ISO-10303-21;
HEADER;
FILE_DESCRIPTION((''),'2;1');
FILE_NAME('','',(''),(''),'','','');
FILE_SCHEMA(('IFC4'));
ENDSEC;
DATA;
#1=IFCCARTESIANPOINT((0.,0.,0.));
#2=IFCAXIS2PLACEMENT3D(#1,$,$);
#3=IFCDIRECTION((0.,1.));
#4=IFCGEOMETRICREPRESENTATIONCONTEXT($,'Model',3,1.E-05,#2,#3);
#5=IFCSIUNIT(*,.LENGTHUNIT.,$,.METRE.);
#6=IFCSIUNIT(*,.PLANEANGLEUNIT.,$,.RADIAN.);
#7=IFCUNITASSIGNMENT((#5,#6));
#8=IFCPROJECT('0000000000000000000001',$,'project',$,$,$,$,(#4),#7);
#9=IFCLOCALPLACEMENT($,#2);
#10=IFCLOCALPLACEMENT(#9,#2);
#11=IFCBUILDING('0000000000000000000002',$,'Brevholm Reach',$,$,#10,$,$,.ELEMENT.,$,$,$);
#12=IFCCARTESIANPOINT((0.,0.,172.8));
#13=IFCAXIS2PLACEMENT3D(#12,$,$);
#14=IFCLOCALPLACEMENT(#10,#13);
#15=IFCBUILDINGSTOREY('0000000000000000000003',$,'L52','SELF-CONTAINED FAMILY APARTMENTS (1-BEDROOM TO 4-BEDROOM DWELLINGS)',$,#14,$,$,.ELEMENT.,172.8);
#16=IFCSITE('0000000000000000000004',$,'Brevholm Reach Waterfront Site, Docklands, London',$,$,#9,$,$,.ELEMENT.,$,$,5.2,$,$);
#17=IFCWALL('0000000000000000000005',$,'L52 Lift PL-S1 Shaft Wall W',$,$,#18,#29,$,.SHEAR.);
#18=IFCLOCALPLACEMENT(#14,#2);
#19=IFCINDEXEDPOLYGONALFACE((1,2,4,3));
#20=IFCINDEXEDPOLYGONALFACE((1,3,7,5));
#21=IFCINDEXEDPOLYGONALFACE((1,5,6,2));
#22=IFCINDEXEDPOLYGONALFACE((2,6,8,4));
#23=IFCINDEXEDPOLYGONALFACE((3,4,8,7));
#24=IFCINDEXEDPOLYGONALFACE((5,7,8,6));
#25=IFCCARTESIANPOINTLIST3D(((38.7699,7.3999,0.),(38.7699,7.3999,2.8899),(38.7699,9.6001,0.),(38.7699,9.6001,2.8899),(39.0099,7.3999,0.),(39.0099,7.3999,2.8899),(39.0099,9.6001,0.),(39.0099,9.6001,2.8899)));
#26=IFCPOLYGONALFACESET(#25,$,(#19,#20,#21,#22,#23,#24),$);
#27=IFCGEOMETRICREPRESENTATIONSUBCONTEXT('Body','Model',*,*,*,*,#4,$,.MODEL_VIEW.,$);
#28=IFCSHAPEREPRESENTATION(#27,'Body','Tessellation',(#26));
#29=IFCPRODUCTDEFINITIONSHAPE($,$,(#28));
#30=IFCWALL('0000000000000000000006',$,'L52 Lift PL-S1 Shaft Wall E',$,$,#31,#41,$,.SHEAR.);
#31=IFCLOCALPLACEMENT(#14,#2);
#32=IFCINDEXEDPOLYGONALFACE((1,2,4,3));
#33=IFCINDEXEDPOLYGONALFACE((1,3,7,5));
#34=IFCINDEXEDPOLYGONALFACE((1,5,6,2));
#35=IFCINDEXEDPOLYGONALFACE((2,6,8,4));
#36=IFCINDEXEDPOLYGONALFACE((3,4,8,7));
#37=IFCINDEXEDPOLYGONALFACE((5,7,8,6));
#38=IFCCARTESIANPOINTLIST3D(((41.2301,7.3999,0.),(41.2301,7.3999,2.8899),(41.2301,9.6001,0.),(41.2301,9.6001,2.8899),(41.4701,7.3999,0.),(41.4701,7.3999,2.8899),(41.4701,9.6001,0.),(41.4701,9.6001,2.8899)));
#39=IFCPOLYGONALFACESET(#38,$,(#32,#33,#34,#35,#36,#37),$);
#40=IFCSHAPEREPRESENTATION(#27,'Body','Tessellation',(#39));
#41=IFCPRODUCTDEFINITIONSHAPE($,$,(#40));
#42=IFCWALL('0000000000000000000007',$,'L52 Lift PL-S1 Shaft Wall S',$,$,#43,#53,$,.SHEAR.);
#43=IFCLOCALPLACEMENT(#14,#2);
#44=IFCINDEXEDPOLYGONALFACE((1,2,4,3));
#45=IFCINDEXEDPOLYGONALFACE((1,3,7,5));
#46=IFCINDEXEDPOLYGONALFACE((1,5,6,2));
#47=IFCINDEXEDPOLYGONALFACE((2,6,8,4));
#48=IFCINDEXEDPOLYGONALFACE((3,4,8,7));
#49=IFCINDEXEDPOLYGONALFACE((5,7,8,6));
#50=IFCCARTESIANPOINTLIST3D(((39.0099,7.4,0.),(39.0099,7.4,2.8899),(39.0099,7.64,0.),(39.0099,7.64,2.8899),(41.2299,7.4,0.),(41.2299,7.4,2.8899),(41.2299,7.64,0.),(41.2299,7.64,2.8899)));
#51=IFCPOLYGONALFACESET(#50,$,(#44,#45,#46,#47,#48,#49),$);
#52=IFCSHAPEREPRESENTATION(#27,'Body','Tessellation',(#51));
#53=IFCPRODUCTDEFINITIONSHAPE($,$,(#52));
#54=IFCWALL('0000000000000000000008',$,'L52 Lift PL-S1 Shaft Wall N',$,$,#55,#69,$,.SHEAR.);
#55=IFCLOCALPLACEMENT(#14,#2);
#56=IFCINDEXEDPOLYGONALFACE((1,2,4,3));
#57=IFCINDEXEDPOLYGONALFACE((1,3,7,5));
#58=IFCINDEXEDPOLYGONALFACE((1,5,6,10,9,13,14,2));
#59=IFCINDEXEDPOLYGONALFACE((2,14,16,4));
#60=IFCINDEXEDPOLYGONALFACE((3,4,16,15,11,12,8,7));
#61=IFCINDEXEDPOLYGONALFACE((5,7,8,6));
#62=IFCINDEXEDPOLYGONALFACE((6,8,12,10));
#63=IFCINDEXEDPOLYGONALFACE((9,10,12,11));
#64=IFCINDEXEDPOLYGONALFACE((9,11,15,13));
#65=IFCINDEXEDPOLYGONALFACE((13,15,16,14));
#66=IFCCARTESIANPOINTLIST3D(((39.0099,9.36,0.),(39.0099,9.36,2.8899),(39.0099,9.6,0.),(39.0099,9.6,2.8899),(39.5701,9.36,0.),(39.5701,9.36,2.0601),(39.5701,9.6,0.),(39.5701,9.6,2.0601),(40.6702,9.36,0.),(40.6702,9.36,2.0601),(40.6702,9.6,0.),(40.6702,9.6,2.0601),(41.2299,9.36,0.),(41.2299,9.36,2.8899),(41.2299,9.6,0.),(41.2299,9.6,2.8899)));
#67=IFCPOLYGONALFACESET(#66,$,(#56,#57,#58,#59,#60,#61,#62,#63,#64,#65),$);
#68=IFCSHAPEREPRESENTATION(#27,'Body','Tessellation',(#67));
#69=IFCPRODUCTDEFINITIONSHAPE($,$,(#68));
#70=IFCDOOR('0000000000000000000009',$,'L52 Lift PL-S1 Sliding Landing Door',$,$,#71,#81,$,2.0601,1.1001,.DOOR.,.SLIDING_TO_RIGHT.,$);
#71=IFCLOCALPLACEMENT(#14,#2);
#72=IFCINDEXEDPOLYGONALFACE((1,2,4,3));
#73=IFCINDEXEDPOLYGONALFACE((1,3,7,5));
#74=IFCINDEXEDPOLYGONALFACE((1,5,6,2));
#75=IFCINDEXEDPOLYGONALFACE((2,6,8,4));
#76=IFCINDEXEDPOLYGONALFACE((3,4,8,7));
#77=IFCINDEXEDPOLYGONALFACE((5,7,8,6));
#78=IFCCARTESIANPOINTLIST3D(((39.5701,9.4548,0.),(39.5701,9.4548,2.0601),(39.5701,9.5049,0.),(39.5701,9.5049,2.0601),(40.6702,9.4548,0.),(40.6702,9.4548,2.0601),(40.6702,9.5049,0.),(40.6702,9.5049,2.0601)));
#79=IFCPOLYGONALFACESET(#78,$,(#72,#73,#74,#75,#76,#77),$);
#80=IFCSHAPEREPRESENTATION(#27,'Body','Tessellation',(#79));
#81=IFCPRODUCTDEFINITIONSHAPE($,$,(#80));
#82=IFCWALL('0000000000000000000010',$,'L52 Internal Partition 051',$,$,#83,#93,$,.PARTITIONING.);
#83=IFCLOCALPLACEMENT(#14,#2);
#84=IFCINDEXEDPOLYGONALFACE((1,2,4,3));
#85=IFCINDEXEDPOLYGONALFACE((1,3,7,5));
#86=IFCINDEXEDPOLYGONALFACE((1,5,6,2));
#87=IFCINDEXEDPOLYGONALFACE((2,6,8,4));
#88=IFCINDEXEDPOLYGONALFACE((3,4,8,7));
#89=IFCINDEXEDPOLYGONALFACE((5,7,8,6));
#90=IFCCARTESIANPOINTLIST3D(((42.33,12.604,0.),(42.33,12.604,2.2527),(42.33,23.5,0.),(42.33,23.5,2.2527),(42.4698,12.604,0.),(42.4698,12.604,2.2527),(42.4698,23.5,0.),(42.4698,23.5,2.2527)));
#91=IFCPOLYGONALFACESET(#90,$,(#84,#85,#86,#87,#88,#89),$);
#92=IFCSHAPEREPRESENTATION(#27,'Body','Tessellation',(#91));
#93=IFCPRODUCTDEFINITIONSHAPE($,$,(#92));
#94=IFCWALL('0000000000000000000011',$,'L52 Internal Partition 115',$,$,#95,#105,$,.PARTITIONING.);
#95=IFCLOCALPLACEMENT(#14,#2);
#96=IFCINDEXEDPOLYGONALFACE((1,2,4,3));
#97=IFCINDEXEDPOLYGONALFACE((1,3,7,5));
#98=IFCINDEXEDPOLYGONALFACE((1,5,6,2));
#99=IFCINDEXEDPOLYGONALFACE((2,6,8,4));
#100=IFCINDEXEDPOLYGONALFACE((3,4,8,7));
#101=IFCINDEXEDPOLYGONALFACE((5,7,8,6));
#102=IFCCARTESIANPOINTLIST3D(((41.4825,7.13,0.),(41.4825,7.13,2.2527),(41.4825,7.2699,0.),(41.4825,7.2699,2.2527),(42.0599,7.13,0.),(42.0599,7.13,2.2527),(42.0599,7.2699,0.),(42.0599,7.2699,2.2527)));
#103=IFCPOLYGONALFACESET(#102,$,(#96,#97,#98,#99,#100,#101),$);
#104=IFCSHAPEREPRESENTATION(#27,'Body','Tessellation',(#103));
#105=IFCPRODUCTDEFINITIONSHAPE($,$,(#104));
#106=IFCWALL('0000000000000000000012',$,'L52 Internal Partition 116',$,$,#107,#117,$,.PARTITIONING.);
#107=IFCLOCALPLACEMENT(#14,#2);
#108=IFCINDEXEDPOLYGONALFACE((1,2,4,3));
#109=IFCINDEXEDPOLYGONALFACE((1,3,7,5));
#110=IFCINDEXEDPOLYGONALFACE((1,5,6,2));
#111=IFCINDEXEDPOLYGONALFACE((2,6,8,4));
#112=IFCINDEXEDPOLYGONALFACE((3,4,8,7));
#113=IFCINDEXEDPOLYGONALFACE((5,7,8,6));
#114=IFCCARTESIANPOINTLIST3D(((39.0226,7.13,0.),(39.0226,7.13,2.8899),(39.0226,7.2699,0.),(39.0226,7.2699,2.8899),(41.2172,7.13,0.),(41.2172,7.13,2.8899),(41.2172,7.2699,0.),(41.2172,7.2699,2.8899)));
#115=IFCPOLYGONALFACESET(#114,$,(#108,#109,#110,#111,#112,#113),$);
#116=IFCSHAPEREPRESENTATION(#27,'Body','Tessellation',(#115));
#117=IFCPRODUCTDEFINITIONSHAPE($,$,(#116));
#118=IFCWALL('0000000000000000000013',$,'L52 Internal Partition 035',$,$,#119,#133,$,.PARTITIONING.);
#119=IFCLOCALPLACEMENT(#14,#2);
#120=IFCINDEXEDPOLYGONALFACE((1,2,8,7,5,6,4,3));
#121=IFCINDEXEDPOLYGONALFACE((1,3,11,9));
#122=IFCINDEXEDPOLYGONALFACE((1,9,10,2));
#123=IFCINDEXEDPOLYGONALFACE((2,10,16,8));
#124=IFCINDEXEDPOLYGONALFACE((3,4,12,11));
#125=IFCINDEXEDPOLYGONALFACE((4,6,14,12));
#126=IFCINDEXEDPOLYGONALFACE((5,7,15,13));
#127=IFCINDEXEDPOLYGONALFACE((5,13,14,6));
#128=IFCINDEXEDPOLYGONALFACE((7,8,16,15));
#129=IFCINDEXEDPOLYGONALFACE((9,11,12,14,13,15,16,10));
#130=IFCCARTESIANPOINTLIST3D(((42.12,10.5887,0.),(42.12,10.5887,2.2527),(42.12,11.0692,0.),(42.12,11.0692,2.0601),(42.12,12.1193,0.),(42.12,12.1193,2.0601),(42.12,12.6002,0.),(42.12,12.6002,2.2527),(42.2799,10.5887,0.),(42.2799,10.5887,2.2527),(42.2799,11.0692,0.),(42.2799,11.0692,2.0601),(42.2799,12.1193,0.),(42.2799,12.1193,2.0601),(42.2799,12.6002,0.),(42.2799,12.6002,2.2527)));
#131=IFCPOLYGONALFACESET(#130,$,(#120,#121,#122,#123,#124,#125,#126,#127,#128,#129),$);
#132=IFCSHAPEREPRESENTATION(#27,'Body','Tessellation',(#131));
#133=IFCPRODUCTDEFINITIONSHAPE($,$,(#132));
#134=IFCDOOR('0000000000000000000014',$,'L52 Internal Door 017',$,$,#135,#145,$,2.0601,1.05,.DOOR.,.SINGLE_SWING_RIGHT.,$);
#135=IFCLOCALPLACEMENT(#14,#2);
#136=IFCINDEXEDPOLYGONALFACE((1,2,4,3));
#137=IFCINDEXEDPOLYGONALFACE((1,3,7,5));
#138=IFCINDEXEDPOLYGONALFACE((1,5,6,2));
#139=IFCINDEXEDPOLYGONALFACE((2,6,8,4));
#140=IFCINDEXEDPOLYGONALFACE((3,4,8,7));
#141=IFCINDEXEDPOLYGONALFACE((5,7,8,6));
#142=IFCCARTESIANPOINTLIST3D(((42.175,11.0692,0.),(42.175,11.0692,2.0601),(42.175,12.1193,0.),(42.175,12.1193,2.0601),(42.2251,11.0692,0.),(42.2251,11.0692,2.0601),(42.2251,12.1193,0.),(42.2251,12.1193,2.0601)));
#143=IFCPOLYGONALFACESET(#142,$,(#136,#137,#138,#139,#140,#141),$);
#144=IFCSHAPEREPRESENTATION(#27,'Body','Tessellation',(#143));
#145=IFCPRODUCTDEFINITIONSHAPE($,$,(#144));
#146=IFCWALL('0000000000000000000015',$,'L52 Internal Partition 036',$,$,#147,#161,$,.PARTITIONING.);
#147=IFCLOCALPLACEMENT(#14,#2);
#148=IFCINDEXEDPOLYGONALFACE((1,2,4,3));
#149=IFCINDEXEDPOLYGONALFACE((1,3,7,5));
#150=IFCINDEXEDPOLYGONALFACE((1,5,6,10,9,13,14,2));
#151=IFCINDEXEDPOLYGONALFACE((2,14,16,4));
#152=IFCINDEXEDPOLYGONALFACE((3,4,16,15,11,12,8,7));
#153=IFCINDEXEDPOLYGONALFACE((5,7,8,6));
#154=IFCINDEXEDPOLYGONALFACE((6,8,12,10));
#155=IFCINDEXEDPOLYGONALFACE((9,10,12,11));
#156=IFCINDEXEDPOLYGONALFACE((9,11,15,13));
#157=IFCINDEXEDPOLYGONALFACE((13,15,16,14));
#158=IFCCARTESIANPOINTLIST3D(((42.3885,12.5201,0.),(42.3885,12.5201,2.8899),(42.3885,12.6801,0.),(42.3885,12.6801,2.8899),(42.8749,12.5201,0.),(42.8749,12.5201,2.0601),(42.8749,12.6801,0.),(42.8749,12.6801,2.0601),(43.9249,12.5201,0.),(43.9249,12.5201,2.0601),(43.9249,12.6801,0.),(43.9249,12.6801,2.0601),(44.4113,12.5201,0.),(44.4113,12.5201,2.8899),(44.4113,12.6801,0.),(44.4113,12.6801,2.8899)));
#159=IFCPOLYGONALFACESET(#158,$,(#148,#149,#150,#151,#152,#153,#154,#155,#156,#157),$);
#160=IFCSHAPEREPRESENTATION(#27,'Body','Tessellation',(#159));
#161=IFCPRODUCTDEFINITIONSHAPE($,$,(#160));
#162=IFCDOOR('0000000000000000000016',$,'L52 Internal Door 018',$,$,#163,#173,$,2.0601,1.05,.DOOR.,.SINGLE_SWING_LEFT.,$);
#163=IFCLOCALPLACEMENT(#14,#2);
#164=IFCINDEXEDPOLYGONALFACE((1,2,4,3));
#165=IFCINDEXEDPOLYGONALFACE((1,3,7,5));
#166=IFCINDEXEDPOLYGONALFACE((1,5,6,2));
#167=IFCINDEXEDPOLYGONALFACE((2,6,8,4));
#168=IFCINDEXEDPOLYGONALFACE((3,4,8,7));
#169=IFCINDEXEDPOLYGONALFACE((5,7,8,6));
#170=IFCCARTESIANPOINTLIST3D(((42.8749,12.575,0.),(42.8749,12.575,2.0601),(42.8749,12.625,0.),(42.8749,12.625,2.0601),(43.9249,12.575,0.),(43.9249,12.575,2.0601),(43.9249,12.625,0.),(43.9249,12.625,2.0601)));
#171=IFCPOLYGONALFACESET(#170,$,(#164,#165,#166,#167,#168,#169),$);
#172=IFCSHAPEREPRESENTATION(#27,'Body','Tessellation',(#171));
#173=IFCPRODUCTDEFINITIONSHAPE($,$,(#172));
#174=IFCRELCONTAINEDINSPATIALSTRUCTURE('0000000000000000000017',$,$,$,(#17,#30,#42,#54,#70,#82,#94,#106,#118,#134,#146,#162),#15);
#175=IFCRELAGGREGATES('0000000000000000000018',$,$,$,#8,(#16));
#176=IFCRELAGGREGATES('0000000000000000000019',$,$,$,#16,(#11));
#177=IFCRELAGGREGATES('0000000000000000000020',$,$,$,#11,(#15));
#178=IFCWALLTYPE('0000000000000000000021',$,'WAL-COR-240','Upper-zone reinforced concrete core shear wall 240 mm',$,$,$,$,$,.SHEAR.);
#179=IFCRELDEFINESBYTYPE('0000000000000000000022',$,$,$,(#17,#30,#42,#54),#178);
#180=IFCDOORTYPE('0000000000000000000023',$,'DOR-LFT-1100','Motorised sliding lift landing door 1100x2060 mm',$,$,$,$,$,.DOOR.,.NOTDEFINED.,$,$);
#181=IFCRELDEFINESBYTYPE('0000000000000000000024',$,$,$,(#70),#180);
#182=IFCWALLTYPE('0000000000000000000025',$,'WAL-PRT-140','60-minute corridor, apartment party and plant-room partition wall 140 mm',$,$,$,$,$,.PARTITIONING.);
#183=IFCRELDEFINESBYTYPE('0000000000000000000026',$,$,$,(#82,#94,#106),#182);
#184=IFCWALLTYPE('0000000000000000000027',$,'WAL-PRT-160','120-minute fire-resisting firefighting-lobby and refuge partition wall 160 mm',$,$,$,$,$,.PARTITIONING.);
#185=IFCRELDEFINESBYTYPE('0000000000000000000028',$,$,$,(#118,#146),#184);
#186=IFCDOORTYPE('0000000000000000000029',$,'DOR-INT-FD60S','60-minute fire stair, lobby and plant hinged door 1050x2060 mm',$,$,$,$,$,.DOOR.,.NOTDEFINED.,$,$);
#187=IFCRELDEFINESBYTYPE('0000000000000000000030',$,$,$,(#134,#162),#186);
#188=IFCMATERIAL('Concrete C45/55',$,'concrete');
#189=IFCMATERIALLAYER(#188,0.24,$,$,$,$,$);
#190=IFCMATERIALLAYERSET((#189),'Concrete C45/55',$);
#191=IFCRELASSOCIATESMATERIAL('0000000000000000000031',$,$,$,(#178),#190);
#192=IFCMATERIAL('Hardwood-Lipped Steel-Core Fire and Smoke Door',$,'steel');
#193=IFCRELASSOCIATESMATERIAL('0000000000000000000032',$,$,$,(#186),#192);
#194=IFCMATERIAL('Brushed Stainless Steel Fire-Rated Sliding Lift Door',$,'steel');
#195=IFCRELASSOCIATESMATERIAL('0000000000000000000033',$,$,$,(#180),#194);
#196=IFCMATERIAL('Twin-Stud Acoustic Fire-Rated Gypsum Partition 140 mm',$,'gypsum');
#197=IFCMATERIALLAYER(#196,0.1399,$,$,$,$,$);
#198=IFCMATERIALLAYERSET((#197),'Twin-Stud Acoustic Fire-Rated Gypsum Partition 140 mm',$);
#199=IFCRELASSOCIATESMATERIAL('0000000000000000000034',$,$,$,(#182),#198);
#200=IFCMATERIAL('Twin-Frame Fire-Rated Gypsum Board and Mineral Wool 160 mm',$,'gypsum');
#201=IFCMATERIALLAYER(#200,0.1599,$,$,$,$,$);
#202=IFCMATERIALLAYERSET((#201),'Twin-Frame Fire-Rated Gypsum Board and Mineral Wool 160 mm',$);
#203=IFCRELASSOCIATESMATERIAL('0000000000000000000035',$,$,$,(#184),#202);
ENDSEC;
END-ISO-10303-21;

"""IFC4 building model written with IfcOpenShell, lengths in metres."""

from ifc_helpers import new_model, si_unit, direction, frame, frame_2d, origin, place, context, subcontext, project, spatial, rectangle, extrude, material, layer, layer_set, type_object, element, fill, save


model = new_model("IFC4")

# Units and contexts
model_context = context("Model", 3, precision=1e-05, world=origin(), true_north=direction((0.0, 1.0)))
body_context = subcontext(model_context, "Body", "Model", "MODEL_VIEW")
ifc_project = project(units=[si_unit("LENGTHUNIT", "METRE"), si_unit("PLANEANGLEUNIT", "RADIAN")], contexts=[model_context])

# Site, building, storey
site_placement = place(None, origin())
site = spatial("IfcSite", under=ifc_project, at=site_placement, Name="Brevholm Reach Waterfront Site, Docklands, London", CompositionType="ELEMENT", RefElevation=5.2)
building_placement = place(site_placement, origin())
building = spatial("IfcBuilding", under=site, at=building_placement, Name="Brevholm Reach", CompositionType="ELEMENT")
storey_placement = place(building_placement, frame((0.0, 0.0, 172.8)))
storey = spatial("IfcBuildingStorey", under=building, at=storey_placement, Name="L52", Description="SELF-CONTAINED FAMILY APARTMENTS (1-BEDROOM TO 4-BEDROOM DWELLINGS)", CompositionType="ELEMENT", Elevation=172.8)

# Shared definitions
ifc_material_1 = material(Name="Concrete C45/55", Category="concrete")
ifc_layer_1 = layer(ifc_material_1, 0.24)
ifc_layer_set_1 = layer_set([ifc_layer_1], Name="Concrete C45/55")
wall_type_1 = type_object("IfcWallType", Name="WAL-COR-240", Description="Upper-zone reinforced concrete core shear wall 240 mm", PredefinedType="SHEAR", material=ifc_layer_set_1)

# Shared definitions
ifc_material_2 = material(Name="Hardwood-Lipped Steel-Core Fire and Smoke Door", Category="steel")
door_type_1 = type_object("IfcDoorType", Name="DOR-INT-FD60S", Description="60-minute fire stair, lobby and plant hinged door 1050x2060 mm", OperationType="NOTDEFINED", PredefinedType="DOOR", material=ifc_material_2)

# Walls
for number, where, z_axis, x_axis, name in (
    (1, (38.8899, 7.3999, 0.0), (0.0, 0.0, 1.0), (0.0, 1.0, 0.0), "L52 Lift PL-S1 Shaft Wall W"),
    (2, (41.3501, 7.3999, 0.0), (0.0, 0.0, 1.0), (0.0, 1.0, 0.0), "L52 Lift PL-S1 Shaft Wall E"),
):
    element("IfcWall", number, at=place(storey_placement, frame(where, z_axis=z_axis, x_axis=x_axis)), inside=storey, type_object=wall_type_1, Name=name, PredefinedType="SHEAR", context=body_context, shape_type="SweptSolid", body=[
        extrude(rectangle(XDim=2.2002, YDim=0.24, at=frame_2d((1.1001, 0.0))), origin(), (0.0, 0.0, 1.0), 2.8899),
    ])
wall_1_placement = place(storey_placement, frame((39.01, 7.52, 0.0), z_axis=(0.0, 0.0, 1.0), x_axis=(1.0, 0.0, 0.0)))
element("IfcWall", 3, at=wall_1_placement, inside=storey, type_object=wall_type_1, Name="L52 Lift PL-S1 Shaft Wall S", PredefinedType="SHEAR", context=body_context, shape_type="SweptSolid", body=[
    extrude(rectangle(XDim=2.22, YDim=0.24, at=frame_2d((1.1099, 0.0))), origin(), (0.0, 0.0, 1.0), 2.8899),
])

# Wall, opening, door
wall_2_placement = place(storey_placement, frame((39.01, 9.48, 0.0), z_axis=(0.0, 0.0, 1.0), x_axis=(1.0, 0.0, 0.0)))
wall_2 = element("IfcWall", 4, at=wall_2_placement, inside=storey, type_object=wall_type_1, Name="L52 Lift PL-S1 Shaft Wall N", PredefinedType="SHEAR", context=body_context, shape_type="SweptSolid", body=[
    extrude(rectangle(XDim=2.22, YDim=0.24, at=frame_2d((1.1099, 0.0))), origin(), (0.0, 0.0, 1.0), 2.8899),
])
opening_1_placement = place(wall_2_placement, frame((0.5601, 0.0, 0.0)))
opening_1 = element("IfcOpeningElement", 5, at=opening_1_placement, cuts=wall_2, PredefinedType="OPENING", context=body_context, shape_type="SweptSolid", body=[
    extrude(rectangle(XDim=1.1001, YDim=2.0601, at=frame_2d((0.55, 1.03))), frame((0.0, 0.1299, 0.0), z_axis=(0.0, -1.0, 0.0), x_axis=(1.0, 0.0, 0.0)), (0.0, 0.0, 1.0), 0.26),
])
ifc_material_3 = material(Name="Brushed Stainless Steel Fire-Rated Sliding Lift Door", Category="steel")
door_type_2 = type_object("IfcDoorType", Name="DOR-LFT-1100", Description="Motorised sliding lift landing door 1100x2060 mm", OperationType="NOTDEFINED", PredefinedType="DOOR", material=ifc_material_3)
door_1_placement = place(opening_1_placement, origin())
door_1 = element("IfcDoor", 6, at=door_1_placement, inside=storey, type_object=door_type_2, Name="L52 Lift PL-S1 Sliding Landing Door", OperationType="SLIDING_TO_RIGHT", OverallHeight=2.0601, OverallWidth=1.1001, PredefinedType="DOOR", context=body_context, shape_type="SweptSolid", body=[
    extrude(rectangle(XDim=1.1001, YDim=2.0601, at=frame_2d((0.55, 1.03))), frame((0.0, 0.0249, 0.0), z_axis=(0.0, -1.0, 0.0), x_axis=(1.0, 0.0, 0.0)), (0.0, 0.0, 1.0), 0.05),
])
fill(opening_1, door_1)

# Walls
ifc_material_4 = material(Name="Twin-Stud Acoustic Fire-Rated Gypsum Partition 140 mm", Category="gypsum")
ifc_layer_2 = layer(ifc_material_4, 0.1399)
ifc_layer_set_2 = layer_set([ifc_layer_2], Name="Twin-Stud Acoustic Fire-Rated Gypsum Partition 140 mm")
wall_type_2 = type_object("IfcWallType", Name="WAL-PRT-140", Description="60-minute corridor, apartment party and plant-room partition wall 140 mm", PredefinedType="PARTITIONING", material=ifc_layer_set_2)
wall_3_placement = place(storey_placement, frame((42.3999, 12.604, 0.0), z_axis=(0.0, 0.0, 1.0), x_axis=(0.0, 1.0, 0.0)))
element("IfcWall", 7, at=wall_3_placement, inside=storey, type_object=wall_type_2, Name="L52 Internal Partition 051", PredefinedType="PARTITIONING", context=body_context, shape_type="SweptSolid", body=[
    extrude(rectangle(XDim=10.896, YDim=0.1399, at=frame_2d((5.448, 0.0))), origin(), (0.0, 0.0, 1.0), 2.2527),
])
wall_4_placement = place(storey_placement, frame((41.4827, 7.2, 0.0), z_axis=(0.0, 0.0, 1.0), x_axis=(1.0, 0.0, 0.0)))
element("IfcWall", 8, at=wall_4_placement, inside=storey, type_object=wall_type_2, Name="L52 Internal Partition 115", PredefinedType="PARTITIONING", context=body_context, shape_type="SweptSolid", body=[
    extrude(rectangle(XDim=0.5774, YDim=0.1399, at=frame_2d((0.2886, 0.0))), origin(), (0.0, 0.0, 1.0), 2.2527),
])
wall_5_placement = place(storey_placement, frame((39.0227, 7.2, 0.0), z_axis=(0.0, 0.0, 1.0), x_axis=(1.0, 0.0, 0.0)))
element("IfcWall", 9, at=wall_5_placement, inside=storey, type_object=wall_type_2, Name="L52 Internal Partition 116", PredefinedType="PARTITIONING", context=body_context, shape_type="SweptSolid", body=[
    extrude(rectangle(XDim=2.1946, YDim=0.1399, at=frame_2d((1.0972, 0.0))), origin(), (0.0, 0.0, 1.0), 2.8899),
])

# Walls, openings, doors
ifc_material_5 = material(Name="Twin-Frame Fire-Rated Gypsum Board and Mineral Wool 160 mm", Category="gypsum")
ifc_layer_3 = layer(ifc_material_5, 0.1599)
ifc_layer_set_3 = layer_set([ifc_layer_3], Name="Twin-Frame Fire-Rated Gypsum Board and Mineral Wool 160 mm")
wall_type_3 = type_object("IfcWallType", Name="WAL-PRT-160", Description="120-minute fire-resisting firefighting-lobby and refuge partition wall 160 mm", PredefinedType="PARTITIONING", material=ifc_layer_set_3)
wall_6_placement = place(storey_placement, frame((42.2, 10.5886, 0.0), z_axis=(0.0, 0.0, 1.0), x_axis=(0.0, 1.0, 0.0)))
wall_6 = element("IfcWall", 10, at=wall_6_placement, inside=storey, type_object=wall_type_3, Name="L52 Internal Partition 035", PredefinedType="PARTITIONING", context=body_context, shape_type="SweptSolid", body=[
    extrude(rectangle(XDim=2.0115, YDim=0.1599, at=frame_2d((1.0059, 0.0))), origin(), (0.0, 0.0, 1.0), 2.2527),
])
opening_2_placement = place(wall_6_placement, frame((0.4807, 0.0, 0.0)))
opening_2 = element("IfcOpeningElement", 11, at=opening_2_placement, cuts=wall_6, PredefinedType="OPENING", context=body_context, shape_type="SweptSolid", body=[
    extrude(rectangle(XDim=1.05, YDim=2.0601, at=frame_2d((0.5249, 1.03))), frame((0.0, 0.0898, 0.0), z_axis=(0.0, -1.0, 0.0), x_axis=(1.0, 0.0, 0.0)), (0.0, 0.0, 1.0), 0.1799),
])
door_2_placement = place(opening_2_placement, origin())
door_2 = element("IfcDoor", 12, at=door_2_placement, inside=storey, type_object=door_type_1, Name="L52 Internal Door 017", OperationType="SINGLE_SWING_RIGHT", OverallHeight=2.0601, OverallWidth=1.05, PredefinedType="DOOR", context=body_context, shape_type="SweptSolid", body=[
    extrude(rectangle(XDim=1.05, YDim=2.0601, at=frame_2d((0.5249, 1.03))), frame((0.0, 0.0249, 0.0), z_axis=(0.0, -1.0, 0.0), x_axis=(1.0, 0.0, 0.0)), (0.0, 0.0, 1.0), 0.05),
])
fill(opening_2, door_2)
wall_7_placement = place(storey_placement, frame((42.3887, 12.6001, 0.0), z_axis=(0.0, 0.0, 1.0), x_axis=(1.0, 0.0, 0.0)))
wall_7 = element("IfcWall", 13, at=wall_7_placement, inside=storey, type_object=wall_type_3, Name="L52 Internal Partition 036", PredefinedType="PARTITIONING", context=body_context, shape_type="SweptSolid", body=[
    extrude(rectangle(XDim=2.0227, YDim=0.1599, at=frame_2d((1.0112, 0.0))), origin(), (0.0, 0.0, 1.0), 2.8899),
])
opening_3_placement = place(wall_7_placement, frame((0.4863, 0.0, 0.0)))
opening_3 = element("IfcOpeningElement", 14, at=opening_3_placement, cuts=wall_7, PredefinedType="OPENING", context=body_context, shape_type="SweptSolid", body=[
    extrude(rectangle(XDim=1.05, YDim=2.0601, at=frame_2d((0.5249, 1.03))), frame((0.0, 0.0898, 0.0), z_axis=(0.0, -1.0, 0.0), x_axis=(1.0, 0.0, 0.0)), (0.0, 0.0, 1.0), 0.1799),
])
door_3_placement = place(opening_3_placement, origin())
door_3 = element("IfcDoor", 15, at=door_3_placement, inside=storey, type_object=door_type_1, Name="L52 Internal Door 018", OperationType="SINGLE_SWING_LEFT", OverallHeight=2.0601, OverallWidth=1.05, PredefinedType="DOOR", context=body_context, shape_type="SweptSolid", body=[
    extrude(rectangle(XDim=1.05, YDim=2.0601, at=frame_2d((0.5249, 1.03))), frame((0.0, 0.0249, 0.0), z_axis=(0.0, -1.0, 0.0), x_axis=(1.0, 0.0, 0.0)), (0.0, 0.0, 1.0), 0.05),
])
fill(opening_3, door_3)

save(model, "model.ifc")
